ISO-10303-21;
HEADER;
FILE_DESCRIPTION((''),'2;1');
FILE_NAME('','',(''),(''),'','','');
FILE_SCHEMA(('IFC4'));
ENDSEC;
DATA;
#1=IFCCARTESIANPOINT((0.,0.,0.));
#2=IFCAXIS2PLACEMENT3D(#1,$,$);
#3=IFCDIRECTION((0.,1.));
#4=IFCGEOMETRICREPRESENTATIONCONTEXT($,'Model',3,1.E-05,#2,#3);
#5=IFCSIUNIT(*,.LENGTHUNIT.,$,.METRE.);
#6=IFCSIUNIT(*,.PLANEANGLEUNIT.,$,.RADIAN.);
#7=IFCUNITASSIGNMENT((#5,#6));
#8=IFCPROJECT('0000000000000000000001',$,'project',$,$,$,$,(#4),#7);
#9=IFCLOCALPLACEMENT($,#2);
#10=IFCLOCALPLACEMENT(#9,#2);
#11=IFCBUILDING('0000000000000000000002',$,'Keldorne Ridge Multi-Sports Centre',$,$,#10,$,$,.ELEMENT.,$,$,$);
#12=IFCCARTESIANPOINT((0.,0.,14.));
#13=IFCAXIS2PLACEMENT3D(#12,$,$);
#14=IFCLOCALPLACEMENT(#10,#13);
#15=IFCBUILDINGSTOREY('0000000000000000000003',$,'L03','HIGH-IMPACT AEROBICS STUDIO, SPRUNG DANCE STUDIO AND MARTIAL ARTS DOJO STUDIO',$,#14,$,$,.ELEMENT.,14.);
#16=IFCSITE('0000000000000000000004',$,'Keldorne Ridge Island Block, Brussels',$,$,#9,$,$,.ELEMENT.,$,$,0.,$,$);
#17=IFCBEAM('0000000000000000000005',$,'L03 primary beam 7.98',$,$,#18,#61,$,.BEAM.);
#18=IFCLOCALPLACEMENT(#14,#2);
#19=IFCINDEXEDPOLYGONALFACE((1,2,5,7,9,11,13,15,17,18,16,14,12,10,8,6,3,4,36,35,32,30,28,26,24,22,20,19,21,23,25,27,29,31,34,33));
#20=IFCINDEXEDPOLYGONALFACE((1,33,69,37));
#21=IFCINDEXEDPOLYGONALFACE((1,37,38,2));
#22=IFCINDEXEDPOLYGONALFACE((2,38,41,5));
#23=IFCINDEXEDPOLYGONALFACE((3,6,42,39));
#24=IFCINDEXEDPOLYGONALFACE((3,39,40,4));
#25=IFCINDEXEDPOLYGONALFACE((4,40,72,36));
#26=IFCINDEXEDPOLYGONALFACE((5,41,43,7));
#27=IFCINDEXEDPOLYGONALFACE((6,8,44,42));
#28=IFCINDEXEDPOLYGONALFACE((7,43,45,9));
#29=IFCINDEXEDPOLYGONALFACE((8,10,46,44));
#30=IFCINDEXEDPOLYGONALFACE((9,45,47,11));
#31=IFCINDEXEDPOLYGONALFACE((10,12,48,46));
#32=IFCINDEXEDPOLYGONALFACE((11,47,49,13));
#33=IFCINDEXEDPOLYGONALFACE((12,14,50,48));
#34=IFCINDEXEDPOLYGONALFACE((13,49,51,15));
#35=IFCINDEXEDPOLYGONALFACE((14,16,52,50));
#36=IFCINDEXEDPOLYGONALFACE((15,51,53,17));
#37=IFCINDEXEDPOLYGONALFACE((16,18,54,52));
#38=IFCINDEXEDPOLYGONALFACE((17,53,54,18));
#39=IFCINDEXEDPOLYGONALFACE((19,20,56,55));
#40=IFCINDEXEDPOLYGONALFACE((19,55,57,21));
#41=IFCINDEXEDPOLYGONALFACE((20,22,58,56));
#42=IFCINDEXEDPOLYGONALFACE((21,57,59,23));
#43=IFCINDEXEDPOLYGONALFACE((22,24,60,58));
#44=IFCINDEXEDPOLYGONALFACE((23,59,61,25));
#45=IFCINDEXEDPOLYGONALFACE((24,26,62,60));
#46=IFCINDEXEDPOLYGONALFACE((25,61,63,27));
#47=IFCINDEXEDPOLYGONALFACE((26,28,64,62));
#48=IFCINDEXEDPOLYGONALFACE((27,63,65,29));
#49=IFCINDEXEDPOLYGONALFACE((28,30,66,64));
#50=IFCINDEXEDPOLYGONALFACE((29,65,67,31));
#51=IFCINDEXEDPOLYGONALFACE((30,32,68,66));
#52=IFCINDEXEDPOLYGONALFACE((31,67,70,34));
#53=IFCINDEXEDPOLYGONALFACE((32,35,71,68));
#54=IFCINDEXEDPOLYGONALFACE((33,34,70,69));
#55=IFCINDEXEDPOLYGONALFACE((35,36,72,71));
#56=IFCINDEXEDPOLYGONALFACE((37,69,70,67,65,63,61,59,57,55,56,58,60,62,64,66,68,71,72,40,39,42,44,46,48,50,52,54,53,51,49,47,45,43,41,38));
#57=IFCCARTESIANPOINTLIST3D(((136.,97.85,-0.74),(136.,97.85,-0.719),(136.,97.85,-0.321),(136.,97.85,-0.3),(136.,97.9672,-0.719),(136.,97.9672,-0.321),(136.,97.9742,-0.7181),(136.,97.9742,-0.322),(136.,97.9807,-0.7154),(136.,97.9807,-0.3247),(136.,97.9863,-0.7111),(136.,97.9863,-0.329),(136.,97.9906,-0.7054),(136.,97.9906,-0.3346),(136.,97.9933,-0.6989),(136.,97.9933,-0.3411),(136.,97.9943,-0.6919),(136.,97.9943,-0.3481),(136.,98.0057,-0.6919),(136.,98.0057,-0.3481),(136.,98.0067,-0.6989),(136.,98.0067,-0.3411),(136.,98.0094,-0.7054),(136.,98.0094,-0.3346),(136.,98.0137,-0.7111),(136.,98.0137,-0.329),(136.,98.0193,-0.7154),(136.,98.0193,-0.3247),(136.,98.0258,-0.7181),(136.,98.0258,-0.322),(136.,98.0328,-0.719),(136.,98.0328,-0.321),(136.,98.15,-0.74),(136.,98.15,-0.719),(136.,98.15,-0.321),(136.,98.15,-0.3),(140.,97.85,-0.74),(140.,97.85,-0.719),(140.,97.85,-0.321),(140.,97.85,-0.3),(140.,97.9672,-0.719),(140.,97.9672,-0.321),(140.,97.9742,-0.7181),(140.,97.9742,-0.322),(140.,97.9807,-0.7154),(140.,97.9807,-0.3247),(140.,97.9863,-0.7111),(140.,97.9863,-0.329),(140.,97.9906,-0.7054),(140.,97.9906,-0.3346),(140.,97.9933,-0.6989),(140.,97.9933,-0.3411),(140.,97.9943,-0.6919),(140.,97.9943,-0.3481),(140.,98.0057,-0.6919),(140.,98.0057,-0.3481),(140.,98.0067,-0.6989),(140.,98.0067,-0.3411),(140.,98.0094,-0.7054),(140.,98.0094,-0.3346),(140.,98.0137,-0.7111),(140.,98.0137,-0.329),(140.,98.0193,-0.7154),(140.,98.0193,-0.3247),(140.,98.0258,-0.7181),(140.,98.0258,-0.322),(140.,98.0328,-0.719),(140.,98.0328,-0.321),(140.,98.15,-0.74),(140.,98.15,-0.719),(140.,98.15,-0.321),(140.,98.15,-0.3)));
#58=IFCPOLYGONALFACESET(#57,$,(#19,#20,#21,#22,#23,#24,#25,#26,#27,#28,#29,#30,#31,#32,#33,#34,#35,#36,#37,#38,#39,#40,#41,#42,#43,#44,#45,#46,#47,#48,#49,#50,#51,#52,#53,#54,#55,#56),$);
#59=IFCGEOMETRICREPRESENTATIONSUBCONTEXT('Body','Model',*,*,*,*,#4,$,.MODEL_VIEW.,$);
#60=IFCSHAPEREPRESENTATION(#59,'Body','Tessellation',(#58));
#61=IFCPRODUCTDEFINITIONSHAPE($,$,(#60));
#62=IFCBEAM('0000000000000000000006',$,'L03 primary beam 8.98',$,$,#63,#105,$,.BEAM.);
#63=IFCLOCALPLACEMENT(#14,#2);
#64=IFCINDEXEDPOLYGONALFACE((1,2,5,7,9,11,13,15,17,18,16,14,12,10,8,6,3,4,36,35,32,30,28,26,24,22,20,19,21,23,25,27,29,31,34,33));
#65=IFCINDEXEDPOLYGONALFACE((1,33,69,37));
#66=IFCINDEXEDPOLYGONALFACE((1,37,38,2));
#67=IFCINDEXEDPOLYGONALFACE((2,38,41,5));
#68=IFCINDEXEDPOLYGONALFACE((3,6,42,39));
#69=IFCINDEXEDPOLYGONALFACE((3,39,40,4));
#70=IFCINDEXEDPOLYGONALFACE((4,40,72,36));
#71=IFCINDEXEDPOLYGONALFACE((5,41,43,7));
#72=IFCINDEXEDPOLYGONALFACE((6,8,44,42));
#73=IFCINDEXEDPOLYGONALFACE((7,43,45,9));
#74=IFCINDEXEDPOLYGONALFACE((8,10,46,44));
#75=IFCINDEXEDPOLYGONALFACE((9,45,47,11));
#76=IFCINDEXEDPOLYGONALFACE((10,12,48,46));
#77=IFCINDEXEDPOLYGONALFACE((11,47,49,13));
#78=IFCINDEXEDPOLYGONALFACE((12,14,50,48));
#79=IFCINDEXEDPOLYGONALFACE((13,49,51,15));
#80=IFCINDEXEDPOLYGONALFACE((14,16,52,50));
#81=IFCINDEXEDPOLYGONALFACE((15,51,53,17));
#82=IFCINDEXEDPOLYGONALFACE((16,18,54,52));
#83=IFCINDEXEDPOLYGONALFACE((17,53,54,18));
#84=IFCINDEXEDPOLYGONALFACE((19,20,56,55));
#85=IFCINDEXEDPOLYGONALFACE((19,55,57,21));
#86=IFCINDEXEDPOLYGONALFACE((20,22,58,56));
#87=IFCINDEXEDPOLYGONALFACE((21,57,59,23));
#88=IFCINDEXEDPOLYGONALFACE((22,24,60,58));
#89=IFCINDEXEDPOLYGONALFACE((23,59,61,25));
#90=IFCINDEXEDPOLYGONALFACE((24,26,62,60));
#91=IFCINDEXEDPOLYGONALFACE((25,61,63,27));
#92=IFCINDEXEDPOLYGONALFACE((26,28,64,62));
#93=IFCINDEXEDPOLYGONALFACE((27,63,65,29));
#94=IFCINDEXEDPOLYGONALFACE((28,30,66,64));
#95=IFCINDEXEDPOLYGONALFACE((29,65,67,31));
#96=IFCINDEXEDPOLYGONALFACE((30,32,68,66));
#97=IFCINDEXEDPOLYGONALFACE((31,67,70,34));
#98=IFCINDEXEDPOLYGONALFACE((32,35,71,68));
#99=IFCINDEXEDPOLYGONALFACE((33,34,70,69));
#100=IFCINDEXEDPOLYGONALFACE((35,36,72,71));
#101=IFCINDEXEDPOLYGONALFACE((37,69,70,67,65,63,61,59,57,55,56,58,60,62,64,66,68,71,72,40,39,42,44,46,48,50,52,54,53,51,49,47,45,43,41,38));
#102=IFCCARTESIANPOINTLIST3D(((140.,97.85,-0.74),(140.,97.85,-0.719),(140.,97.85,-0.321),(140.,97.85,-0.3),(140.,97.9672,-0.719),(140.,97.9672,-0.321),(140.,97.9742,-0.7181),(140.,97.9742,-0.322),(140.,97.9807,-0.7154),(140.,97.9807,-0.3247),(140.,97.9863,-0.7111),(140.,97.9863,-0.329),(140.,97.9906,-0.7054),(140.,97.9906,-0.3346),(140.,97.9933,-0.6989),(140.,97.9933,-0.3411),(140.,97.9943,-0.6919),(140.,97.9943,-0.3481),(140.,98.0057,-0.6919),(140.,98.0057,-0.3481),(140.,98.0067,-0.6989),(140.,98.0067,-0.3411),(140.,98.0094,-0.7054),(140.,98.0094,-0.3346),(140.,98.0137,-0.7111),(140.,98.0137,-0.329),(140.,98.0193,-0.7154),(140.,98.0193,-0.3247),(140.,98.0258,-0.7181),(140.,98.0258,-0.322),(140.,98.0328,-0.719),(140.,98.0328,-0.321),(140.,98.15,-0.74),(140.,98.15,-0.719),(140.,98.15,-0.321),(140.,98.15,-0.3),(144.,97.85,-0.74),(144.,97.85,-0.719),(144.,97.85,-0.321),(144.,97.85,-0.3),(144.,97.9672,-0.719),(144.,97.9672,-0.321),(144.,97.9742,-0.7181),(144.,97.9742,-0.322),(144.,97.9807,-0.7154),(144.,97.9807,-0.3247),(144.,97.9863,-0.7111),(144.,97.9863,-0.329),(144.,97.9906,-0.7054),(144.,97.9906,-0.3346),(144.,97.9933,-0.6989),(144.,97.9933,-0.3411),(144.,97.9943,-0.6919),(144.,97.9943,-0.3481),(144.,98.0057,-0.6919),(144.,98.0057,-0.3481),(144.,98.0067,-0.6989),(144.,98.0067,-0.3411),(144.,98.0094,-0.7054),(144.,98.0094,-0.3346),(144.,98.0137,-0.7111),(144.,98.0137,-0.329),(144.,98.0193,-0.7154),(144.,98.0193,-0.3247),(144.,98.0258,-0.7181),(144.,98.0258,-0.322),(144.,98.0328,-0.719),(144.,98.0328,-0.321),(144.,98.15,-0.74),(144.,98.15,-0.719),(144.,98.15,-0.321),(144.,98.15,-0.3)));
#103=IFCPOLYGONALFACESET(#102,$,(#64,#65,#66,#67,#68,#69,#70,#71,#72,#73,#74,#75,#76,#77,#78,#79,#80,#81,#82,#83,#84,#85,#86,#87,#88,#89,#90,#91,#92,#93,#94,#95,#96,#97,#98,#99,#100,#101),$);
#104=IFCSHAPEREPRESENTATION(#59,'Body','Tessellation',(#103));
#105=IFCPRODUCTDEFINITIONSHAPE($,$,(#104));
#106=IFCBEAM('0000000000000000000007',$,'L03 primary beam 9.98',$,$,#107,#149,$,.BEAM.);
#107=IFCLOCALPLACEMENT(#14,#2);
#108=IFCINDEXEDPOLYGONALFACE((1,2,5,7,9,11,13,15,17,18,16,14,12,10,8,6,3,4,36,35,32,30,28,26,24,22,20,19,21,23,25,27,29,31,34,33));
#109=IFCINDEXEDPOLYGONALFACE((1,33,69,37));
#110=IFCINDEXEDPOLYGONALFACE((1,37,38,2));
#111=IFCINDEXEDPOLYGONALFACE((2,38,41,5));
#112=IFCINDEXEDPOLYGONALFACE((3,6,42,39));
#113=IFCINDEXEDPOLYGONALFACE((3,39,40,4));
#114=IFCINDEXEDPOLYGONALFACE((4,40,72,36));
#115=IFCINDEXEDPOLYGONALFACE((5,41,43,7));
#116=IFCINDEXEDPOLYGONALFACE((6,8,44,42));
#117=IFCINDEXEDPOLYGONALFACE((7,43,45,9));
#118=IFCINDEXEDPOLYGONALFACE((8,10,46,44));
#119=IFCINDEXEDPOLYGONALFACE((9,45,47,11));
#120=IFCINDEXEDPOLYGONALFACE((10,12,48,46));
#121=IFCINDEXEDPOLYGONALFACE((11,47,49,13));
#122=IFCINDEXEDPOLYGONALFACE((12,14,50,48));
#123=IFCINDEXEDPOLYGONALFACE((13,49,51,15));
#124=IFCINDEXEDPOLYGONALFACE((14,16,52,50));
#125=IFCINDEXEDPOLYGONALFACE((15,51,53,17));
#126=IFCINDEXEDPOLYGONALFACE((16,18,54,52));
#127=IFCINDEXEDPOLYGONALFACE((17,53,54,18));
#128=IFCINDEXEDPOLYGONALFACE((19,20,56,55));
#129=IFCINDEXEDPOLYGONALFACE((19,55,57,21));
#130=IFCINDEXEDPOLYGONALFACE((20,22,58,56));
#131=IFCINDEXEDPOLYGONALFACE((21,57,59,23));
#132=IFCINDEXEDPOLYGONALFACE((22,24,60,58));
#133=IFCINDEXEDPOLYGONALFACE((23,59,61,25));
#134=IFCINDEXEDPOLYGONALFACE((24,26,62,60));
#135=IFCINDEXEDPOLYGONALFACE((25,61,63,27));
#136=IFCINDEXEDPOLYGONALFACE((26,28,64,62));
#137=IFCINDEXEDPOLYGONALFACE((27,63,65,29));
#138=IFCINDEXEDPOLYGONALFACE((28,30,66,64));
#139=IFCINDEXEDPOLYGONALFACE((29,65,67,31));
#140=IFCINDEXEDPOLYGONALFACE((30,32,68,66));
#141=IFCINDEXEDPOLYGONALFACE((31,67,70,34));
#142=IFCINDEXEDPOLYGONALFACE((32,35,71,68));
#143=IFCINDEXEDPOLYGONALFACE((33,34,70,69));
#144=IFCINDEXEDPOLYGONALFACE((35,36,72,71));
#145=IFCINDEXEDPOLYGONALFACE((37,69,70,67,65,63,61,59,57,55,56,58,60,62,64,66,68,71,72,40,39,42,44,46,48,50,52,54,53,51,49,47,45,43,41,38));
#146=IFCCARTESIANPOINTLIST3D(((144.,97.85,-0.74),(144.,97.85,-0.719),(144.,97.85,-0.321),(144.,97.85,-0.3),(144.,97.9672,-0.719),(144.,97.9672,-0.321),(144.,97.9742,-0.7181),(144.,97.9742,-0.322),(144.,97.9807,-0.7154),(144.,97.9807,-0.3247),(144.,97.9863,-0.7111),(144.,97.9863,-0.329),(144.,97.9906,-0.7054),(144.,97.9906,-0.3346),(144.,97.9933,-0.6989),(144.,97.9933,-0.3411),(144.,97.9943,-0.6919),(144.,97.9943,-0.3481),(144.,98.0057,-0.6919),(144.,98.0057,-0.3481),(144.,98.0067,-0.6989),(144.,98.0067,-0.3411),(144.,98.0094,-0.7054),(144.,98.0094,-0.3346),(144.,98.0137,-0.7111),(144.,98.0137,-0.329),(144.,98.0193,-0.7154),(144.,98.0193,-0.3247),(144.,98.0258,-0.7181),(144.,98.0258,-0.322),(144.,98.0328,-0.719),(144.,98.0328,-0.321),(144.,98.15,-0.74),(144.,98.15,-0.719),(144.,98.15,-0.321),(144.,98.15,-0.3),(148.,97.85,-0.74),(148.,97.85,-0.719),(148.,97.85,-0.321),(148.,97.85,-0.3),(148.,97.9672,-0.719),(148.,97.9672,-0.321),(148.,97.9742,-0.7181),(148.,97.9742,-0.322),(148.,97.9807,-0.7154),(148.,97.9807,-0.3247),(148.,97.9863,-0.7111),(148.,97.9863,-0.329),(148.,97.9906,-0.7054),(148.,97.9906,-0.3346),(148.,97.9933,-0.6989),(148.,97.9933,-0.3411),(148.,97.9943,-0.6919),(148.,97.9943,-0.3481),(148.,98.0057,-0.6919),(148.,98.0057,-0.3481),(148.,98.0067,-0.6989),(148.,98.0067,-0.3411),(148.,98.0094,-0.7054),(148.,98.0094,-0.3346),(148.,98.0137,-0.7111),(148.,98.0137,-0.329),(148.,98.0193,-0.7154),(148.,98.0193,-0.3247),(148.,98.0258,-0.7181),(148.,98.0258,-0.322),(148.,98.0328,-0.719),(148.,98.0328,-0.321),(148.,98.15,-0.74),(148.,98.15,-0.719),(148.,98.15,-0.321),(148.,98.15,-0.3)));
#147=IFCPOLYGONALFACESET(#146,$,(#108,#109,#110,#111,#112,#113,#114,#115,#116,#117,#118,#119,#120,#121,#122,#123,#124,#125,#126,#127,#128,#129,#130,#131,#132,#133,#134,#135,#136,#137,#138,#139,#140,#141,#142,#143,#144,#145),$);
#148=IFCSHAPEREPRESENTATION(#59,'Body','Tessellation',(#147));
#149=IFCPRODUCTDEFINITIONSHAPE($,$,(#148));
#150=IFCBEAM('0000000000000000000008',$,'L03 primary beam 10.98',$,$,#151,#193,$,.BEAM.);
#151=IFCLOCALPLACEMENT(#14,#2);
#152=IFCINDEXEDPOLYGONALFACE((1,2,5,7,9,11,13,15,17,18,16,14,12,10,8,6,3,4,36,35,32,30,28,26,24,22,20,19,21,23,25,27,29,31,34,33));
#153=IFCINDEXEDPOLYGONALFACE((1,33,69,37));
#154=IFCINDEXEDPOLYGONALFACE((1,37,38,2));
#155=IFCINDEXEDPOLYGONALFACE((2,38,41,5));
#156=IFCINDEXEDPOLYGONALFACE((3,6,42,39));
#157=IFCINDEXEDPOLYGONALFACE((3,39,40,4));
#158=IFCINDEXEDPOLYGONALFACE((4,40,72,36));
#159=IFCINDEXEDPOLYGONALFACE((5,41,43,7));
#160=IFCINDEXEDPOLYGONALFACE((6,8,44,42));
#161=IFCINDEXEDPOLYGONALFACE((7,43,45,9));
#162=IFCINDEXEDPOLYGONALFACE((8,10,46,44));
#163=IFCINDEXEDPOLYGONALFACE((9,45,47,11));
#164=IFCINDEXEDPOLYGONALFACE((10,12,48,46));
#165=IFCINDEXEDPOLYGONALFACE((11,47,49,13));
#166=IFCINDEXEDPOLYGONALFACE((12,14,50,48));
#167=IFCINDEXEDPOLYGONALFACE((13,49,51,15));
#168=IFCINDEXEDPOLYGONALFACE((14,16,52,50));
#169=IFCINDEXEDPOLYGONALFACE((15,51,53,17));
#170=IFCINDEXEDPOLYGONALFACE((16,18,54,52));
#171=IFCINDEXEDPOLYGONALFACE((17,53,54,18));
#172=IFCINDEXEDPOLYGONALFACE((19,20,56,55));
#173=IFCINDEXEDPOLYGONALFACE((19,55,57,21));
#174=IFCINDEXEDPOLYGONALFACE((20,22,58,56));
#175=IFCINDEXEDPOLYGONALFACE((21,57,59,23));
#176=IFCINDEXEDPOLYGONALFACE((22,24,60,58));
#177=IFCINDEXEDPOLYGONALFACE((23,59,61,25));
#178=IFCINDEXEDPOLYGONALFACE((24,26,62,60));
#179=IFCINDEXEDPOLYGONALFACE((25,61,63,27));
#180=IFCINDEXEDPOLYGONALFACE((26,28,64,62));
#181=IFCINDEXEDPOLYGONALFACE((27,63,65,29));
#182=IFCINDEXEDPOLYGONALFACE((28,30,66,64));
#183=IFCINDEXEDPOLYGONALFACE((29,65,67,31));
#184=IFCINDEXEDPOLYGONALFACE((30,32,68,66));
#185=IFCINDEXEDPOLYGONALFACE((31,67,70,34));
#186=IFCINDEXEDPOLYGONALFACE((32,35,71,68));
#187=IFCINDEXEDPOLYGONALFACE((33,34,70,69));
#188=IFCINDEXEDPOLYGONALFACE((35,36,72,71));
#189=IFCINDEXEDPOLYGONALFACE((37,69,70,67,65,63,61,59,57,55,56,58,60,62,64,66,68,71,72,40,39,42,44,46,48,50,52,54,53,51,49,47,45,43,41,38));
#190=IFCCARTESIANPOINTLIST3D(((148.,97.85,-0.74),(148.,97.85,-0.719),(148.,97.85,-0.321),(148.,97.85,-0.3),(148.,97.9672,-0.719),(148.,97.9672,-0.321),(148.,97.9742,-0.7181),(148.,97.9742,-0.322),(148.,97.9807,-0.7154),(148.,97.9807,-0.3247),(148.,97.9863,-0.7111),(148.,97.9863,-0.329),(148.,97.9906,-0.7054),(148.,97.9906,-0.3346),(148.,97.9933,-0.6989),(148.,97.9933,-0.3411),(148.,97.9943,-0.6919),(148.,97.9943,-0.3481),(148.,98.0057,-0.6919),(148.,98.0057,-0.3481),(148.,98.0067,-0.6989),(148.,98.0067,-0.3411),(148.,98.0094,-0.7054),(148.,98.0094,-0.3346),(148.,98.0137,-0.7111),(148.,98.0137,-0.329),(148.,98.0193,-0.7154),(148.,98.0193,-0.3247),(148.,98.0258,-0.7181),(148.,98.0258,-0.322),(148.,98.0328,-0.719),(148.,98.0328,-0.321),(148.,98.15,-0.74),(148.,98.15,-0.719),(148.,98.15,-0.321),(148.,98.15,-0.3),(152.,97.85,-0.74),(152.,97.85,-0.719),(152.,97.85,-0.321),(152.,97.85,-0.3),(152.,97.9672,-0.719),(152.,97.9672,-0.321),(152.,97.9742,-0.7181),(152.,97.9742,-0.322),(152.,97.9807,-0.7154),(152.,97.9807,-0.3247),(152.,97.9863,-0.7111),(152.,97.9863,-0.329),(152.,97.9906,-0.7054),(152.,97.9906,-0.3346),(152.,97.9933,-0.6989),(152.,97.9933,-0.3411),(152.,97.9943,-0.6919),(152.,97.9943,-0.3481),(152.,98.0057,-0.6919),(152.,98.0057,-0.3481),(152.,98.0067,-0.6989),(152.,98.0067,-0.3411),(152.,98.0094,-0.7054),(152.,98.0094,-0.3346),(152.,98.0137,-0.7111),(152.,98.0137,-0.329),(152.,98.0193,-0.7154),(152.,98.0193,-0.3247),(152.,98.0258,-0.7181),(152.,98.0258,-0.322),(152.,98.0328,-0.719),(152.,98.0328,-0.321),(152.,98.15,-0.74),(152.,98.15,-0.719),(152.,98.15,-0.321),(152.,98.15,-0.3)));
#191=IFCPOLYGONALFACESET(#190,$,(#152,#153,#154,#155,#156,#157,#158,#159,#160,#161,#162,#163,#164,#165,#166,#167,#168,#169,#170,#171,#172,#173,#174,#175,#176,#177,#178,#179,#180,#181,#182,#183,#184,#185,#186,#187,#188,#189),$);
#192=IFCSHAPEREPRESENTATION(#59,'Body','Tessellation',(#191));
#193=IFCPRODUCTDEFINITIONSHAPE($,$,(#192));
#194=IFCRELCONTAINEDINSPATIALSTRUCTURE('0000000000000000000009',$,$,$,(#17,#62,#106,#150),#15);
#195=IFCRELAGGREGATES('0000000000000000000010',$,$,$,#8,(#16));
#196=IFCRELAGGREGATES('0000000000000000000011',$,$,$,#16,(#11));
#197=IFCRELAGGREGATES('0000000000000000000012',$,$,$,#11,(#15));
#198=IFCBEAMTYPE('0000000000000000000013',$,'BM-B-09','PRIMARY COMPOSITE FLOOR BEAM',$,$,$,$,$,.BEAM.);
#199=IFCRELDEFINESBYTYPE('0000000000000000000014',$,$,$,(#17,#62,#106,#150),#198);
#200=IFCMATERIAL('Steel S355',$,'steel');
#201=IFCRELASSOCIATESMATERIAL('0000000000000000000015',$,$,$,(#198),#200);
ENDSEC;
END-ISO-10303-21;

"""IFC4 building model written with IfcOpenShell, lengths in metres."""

from ifc_helpers import new_model, si_unit, direction, frame, origin, origin_2d, place, context, subcontext, project, spatial, i_section, extrude, material, material_profile, profile_set, type_object, element, save


model = new_model("IFC4")

# Units and contexts
model_context = context("Model", 3, precision=1e-05, world=origin(), true_north=direction((0.0, 1.0)))
body_context = subcontext(model_context, "Body", "Model", "MODEL_VIEW")
ifc_project = project(units=[si_unit("LENGTHUNIT", "METRE"), si_unit("PLANEANGLEUNIT", "RADIAN")], contexts=[model_context])

# Site, building, storey
site_placement = place(None, origin())
site = spatial("IfcSite", under=ifc_project, at=site_placement, Name="Keldorne Ridge Island Block, Brussels", CompositionType="ELEMENT", RefElevation=0.0)
building_placement = place(site_placement, origin())
building = spatial("IfcBuilding", under=site, at=building_placement, Name="Keldorne Ridge Multi-Sports Centre", CompositionType="ELEMENT")
storey_placement = place(building_placement, frame((0.0, 0.0, 14.0)))
storey = spatial("IfcBuildingStorey", under=building, at=storey_placement, Name="L03", Description="HIGH-IMPACT AEROBICS STUDIO, SPRUNG DANCE STUDIO AND MARTIAL ARTS DOJO STUDIO", CompositionType="ELEMENT", Elevation=14.0)

# Shared definitions
ifc_material_1 = material(Name="Steel S355", Category="steel")

# Beams
ifc_material_profile_1 = material_profile(ifc_material_1, i_section(OverallWidth=0.3, OverallDepth=0.4399, WebThickness=0.0115, FlangeThickness=0.021, FilletRadius=0.0271, at=origin_2d()), Name="HEA 450")
ifc_profile_set_1 = profile_set([ifc_material_profile_1], Name="Steel S355")
beam_type_1 = type_object("IfcBeamType", Name="BM-B-09", Description="PRIMARY COMPOSITE FLOOR BEAM", PredefinedType="BEAM", material=ifc_profile_set_1)
for number, where, z_axis, x_axis, name in (
    (1, (136.0, 98.0, -0.52), (1.0, 0.0, 0.0), (0.0, 1.0, 0.0), "L03 primary beam 7.98"),
    (2, (140.0, 98.0, -0.52), (1.0, 0.0, 0.0), (0.0, 1.0, 0.0), "L03 primary beam 8.98"),
    (3, (144.0, 98.0, -0.52), (1.0, 0.0, 0.0), (0.0, 1.0, 0.0), "L03 primary beam 9.98"),
    (4, (148.0, 98.0, -0.52), (1.0, 0.0, 0.0), (0.0, 1.0, 0.0), "L03 primary beam 10.98"),
):
    element("IfcBeam", number, at=place(storey_placement, frame(where, z_axis=z_axis, x_axis=x_axis)), inside=storey, type_object=beam_type_1, Name=name, PredefinedType="BEAM", context=body_context, shape_type="SweptSolid", body=[
        extrude(i_section(OverallWidth=0.3, OverallDepth=0.4399, WebThickness=0.0115, FlangeThickness=0.021, FilletRadius=0.0271, at=origin_2d()), origin(), (0.0, 0.0, 1.0), 4.0),
    ])

save(model, "model.ifc")
